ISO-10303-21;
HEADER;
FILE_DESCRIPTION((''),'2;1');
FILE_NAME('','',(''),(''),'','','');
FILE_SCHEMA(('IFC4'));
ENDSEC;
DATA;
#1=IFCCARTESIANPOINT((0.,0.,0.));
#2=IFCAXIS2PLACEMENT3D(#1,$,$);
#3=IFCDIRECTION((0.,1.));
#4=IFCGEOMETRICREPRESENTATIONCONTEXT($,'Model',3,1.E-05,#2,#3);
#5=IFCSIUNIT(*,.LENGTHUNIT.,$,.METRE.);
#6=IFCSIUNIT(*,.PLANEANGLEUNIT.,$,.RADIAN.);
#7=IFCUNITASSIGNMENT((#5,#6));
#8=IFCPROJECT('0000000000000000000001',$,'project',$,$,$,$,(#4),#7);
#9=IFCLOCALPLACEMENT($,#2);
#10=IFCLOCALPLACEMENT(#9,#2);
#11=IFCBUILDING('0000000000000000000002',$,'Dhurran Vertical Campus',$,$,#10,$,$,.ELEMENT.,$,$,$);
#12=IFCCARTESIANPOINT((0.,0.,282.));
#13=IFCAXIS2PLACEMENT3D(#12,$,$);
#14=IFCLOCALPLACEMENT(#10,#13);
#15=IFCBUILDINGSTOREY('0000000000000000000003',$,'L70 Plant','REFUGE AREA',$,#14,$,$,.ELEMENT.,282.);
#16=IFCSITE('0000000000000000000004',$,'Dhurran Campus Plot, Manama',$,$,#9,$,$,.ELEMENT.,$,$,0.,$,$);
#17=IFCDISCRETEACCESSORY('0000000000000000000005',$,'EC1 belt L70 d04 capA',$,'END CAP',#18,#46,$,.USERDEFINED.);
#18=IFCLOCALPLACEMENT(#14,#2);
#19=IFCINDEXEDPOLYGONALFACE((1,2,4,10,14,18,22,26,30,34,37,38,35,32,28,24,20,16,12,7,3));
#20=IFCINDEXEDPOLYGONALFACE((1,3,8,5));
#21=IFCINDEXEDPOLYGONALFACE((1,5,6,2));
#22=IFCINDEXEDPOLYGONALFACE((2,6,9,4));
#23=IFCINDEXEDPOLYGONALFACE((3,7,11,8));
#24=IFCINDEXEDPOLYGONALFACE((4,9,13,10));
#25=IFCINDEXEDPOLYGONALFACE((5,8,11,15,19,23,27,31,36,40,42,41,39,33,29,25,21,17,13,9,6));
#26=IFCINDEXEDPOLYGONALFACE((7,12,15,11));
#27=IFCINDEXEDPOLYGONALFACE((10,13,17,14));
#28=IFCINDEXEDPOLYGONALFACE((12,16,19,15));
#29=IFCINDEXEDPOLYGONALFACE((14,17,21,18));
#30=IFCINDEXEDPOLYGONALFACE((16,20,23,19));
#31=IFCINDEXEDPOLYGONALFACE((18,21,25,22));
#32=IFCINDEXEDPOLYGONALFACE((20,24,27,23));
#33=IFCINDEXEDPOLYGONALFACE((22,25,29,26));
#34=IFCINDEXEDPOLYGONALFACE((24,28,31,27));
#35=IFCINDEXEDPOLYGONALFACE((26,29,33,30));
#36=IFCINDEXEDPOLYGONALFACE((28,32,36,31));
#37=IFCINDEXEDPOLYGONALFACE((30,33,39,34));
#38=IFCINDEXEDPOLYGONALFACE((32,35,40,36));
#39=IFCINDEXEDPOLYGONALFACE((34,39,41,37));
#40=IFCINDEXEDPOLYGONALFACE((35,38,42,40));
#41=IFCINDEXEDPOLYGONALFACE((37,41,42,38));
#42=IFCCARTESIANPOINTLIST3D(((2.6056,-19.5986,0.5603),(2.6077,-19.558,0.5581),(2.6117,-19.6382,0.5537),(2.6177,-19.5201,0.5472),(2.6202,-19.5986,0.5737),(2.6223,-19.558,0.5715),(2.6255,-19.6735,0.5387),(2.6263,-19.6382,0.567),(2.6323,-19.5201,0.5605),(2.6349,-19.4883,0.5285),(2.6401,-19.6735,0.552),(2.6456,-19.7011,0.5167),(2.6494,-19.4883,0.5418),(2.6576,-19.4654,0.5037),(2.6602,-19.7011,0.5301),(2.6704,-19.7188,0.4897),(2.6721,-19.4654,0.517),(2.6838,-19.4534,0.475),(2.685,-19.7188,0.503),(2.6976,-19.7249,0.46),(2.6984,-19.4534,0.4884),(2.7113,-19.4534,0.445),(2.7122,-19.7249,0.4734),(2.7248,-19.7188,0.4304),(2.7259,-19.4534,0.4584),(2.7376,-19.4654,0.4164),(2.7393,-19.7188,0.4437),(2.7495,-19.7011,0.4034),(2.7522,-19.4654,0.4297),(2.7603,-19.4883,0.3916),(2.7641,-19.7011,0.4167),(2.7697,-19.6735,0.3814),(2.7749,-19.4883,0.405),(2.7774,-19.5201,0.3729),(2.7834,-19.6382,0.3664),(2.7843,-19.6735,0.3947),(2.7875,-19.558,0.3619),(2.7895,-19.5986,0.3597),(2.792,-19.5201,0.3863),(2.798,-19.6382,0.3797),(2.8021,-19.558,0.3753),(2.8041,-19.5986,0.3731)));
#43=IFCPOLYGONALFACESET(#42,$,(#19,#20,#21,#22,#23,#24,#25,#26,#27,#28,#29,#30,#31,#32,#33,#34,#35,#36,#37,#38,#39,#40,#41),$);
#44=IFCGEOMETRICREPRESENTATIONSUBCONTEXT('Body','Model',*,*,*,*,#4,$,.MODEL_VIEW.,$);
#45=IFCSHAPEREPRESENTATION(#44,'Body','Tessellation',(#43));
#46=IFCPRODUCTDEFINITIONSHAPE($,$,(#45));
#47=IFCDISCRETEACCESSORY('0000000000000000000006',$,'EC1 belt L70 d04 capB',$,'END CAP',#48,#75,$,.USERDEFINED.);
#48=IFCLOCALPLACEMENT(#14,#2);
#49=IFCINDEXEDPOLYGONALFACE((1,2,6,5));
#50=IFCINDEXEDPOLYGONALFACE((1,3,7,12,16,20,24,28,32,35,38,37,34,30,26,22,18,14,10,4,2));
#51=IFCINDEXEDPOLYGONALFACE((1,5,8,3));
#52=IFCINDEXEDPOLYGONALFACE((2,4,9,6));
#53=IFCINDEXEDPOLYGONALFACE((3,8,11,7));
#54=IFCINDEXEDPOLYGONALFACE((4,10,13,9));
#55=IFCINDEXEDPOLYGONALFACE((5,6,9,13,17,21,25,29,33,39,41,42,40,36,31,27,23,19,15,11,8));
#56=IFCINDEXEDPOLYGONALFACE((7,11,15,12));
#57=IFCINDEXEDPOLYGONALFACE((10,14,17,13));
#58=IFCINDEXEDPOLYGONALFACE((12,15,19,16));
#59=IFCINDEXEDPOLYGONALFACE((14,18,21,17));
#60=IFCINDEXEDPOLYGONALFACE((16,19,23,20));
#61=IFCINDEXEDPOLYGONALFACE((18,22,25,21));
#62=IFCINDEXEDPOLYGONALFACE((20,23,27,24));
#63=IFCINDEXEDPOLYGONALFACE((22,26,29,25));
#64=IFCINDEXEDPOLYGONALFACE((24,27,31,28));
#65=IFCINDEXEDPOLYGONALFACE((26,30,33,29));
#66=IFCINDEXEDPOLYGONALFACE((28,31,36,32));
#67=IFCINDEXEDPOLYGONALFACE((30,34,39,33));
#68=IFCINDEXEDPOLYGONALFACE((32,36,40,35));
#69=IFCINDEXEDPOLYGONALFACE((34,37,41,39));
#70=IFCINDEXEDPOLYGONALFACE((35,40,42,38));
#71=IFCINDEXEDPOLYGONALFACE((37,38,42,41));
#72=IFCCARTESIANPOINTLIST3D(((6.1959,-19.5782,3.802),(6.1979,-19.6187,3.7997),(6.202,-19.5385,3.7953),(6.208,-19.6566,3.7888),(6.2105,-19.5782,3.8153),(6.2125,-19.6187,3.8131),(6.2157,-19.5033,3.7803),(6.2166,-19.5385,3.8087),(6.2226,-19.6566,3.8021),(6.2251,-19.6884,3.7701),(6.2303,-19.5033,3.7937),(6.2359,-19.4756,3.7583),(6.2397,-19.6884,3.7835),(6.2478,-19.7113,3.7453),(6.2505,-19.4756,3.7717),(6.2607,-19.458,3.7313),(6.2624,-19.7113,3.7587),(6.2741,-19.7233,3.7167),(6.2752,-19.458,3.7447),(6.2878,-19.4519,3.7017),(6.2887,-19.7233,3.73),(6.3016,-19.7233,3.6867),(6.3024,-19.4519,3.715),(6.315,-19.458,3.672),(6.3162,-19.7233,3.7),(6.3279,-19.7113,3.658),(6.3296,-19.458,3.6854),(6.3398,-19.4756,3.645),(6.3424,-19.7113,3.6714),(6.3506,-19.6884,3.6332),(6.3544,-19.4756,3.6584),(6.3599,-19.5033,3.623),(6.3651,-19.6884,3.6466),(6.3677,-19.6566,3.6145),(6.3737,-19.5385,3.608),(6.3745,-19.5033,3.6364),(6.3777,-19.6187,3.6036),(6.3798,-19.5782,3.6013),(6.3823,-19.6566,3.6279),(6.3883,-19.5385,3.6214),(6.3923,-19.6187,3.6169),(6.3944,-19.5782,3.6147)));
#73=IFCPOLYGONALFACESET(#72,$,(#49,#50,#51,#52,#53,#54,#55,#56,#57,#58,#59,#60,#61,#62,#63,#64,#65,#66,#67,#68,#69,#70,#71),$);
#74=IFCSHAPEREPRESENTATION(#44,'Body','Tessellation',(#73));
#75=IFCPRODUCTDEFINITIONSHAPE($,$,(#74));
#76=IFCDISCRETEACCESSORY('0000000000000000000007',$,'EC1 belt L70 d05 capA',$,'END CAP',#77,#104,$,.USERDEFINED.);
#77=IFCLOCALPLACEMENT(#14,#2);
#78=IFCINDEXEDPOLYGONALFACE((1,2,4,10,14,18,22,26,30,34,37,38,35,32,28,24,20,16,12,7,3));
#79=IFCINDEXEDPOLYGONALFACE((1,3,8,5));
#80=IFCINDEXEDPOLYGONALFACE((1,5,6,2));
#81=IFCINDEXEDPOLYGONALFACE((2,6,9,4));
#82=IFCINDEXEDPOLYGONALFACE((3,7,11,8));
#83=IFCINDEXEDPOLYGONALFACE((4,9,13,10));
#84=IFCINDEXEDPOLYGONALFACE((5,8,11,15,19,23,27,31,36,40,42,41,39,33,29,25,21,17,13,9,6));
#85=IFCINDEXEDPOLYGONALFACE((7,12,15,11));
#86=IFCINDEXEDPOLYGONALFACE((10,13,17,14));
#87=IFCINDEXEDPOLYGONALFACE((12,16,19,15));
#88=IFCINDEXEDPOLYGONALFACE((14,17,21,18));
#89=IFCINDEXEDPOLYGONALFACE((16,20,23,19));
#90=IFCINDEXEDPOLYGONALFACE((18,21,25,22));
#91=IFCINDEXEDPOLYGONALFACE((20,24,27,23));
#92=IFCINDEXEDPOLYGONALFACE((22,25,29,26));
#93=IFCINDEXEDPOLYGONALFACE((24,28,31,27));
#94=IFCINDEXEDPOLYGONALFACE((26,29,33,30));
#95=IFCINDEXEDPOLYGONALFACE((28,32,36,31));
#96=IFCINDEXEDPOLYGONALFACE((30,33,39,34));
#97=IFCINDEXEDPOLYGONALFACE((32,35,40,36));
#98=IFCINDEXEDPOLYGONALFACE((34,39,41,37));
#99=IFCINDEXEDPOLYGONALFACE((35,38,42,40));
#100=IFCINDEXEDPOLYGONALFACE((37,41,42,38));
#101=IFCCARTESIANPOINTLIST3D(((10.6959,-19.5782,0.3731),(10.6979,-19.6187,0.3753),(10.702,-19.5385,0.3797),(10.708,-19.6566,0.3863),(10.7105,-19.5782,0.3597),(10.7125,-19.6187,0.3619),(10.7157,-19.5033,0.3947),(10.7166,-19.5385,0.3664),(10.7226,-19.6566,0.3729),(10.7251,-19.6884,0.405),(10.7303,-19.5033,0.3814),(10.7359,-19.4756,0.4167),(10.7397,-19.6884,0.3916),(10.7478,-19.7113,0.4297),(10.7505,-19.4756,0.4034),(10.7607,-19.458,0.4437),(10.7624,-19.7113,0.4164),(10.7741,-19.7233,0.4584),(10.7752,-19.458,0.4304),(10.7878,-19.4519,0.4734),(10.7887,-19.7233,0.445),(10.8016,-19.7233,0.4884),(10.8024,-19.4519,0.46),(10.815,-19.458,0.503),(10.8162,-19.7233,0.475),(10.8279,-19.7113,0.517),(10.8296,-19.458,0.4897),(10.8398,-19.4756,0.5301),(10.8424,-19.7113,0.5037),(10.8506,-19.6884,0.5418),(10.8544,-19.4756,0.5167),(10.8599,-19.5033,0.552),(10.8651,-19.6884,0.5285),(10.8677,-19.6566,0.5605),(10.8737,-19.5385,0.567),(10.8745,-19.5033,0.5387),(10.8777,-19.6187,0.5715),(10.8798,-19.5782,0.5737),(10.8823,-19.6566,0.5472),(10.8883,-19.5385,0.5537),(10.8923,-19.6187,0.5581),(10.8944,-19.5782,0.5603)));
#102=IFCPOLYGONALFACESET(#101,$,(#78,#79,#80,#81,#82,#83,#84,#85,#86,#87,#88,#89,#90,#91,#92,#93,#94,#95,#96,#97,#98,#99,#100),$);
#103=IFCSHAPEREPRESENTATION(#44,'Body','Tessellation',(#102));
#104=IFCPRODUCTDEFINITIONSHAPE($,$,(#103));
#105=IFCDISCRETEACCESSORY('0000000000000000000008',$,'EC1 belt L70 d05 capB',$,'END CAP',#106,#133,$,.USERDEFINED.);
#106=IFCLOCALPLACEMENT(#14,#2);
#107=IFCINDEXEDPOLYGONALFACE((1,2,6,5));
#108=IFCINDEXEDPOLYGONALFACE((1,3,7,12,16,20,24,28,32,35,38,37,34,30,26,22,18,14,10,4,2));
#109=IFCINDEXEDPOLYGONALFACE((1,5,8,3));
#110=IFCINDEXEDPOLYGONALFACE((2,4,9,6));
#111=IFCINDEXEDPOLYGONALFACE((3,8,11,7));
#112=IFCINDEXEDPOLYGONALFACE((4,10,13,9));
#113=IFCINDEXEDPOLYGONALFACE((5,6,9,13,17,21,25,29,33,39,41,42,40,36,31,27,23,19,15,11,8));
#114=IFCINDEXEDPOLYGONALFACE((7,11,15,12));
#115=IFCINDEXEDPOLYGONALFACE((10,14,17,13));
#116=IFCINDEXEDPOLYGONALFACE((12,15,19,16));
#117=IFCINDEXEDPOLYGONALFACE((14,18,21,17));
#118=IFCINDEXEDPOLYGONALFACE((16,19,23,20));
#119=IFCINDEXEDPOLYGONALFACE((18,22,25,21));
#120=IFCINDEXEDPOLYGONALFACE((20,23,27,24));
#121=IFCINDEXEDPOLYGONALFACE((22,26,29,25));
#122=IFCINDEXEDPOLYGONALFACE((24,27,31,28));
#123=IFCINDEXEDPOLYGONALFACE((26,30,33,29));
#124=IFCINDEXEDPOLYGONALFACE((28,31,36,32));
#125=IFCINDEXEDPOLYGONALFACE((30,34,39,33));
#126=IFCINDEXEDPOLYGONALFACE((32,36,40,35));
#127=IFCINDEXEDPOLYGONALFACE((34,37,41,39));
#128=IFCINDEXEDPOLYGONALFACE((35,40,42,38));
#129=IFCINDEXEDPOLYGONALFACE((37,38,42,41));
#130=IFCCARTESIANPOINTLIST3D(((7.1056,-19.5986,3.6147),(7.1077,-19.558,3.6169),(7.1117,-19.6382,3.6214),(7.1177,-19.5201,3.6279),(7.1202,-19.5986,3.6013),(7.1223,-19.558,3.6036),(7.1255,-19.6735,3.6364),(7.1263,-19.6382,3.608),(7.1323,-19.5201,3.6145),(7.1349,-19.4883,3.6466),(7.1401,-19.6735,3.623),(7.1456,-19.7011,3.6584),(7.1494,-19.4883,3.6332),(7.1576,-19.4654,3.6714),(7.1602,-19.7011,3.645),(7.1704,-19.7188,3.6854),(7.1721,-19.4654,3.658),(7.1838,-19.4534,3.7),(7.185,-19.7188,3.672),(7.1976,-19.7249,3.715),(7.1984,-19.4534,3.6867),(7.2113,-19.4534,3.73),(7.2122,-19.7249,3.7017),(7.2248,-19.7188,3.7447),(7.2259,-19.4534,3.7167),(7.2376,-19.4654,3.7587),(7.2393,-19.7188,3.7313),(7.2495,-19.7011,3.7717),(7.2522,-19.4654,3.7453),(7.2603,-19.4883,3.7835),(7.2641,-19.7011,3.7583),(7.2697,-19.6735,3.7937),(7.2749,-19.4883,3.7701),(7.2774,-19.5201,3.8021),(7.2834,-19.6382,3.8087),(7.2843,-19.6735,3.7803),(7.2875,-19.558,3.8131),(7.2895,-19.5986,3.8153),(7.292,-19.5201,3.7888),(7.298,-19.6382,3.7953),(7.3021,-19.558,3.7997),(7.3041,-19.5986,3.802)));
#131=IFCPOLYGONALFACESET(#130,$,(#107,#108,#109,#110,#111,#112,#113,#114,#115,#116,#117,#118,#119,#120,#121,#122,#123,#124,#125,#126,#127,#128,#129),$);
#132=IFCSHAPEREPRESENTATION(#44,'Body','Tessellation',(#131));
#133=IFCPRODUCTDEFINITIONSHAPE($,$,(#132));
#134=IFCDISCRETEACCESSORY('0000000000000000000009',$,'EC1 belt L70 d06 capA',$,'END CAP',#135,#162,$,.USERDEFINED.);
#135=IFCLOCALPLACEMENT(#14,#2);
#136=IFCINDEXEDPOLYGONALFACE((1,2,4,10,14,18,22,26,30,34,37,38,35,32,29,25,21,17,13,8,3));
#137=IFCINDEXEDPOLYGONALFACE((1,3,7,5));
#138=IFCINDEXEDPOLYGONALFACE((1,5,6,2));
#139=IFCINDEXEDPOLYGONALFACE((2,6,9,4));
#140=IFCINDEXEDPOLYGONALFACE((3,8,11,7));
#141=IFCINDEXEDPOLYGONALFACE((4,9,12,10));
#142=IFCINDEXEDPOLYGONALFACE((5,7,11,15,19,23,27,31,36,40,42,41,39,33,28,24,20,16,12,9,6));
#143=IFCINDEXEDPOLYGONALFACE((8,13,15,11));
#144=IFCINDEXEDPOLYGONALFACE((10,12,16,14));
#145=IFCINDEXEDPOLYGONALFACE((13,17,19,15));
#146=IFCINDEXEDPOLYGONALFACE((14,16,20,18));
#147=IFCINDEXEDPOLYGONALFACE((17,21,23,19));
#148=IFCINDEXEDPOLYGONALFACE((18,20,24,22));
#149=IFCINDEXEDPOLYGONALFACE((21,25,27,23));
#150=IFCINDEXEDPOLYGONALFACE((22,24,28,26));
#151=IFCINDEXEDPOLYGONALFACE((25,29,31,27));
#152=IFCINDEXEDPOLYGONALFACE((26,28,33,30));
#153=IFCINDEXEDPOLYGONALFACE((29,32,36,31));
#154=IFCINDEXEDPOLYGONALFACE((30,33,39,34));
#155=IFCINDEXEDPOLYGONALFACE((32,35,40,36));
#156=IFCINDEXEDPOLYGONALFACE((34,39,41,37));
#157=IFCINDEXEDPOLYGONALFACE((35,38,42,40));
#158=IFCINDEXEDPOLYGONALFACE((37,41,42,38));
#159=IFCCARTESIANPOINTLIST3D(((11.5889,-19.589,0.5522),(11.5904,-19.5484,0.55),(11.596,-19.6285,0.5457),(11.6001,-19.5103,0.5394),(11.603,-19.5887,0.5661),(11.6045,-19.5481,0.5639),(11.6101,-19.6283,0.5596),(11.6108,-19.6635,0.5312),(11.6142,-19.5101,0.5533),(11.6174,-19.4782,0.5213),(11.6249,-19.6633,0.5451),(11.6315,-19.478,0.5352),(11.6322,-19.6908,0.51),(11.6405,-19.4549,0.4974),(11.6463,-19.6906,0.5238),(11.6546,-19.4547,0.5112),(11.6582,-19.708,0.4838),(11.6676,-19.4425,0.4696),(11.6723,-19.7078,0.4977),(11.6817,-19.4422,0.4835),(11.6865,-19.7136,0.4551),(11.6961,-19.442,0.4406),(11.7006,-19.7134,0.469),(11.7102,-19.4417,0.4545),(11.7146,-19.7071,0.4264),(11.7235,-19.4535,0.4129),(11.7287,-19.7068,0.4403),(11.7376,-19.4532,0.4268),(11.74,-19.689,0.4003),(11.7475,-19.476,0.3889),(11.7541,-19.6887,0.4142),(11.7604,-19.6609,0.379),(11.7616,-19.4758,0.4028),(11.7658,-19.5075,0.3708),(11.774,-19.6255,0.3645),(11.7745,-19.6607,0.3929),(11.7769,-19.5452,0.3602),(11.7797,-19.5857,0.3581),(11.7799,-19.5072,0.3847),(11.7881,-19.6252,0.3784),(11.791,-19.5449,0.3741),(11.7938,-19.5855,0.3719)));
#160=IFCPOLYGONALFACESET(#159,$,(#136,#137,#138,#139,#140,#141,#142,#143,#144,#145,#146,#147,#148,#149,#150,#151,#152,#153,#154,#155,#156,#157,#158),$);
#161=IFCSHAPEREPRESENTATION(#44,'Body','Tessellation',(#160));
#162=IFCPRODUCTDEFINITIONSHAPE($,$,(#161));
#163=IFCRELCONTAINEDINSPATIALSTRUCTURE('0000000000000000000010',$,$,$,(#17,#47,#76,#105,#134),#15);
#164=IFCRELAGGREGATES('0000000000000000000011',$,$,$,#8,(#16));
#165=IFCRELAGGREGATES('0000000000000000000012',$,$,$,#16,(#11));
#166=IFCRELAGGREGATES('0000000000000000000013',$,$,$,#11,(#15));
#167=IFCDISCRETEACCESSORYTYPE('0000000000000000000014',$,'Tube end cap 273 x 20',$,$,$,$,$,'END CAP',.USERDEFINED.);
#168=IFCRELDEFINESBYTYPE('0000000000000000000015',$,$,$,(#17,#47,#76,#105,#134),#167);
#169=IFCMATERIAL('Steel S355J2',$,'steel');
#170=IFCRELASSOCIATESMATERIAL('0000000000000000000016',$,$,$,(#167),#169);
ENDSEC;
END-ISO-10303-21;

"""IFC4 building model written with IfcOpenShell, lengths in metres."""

from ifc_helpers import new_model, si_unit, direction, frame, origin, origin_2d, place, context, subcontext, project, spatial, circle, extrude, material, material_profile, profile_set, type_object, element, save


model = new_model("IFC4")

# Units and contexts
model_context = context("Model", 3, precision=1e-05, world=origin(), true_north=direction((0.0, 1.0)))
body_context = subcontext(model_context, "Body", "Model", "MODEL_VIEW")
ifc_project = project(units=[si_unit("LENGTHUNIT", "METRE"), si_unit("PLANEANGLEUNIT", "RADIAN")], contexts=[model_context])

# Site, building, storey
site_placement = place(None, origin())
site = spatial("IfcSite", under=ifc_project, at=site_placement, Name="Dhurran Campus Plot, Manama", CompositionType="ELEMENT", RefElevation=0.0)
building_placement = place(site_placement, origin())
building = spatial("IfcBuilding", under=site, at=building_placement, Name="Dhurran Vertical Campus", CompositionType="ELEMENT")
storey_placement = place(building_placement, frame((0.0, 0.0, 282.0)))
storey = spatial("IfcBuildingStorey", under=building, at=storey_placement, Name="L70 Plant", Description="REFUGE AREA", CompositionType="ELEMENT", Elevation=282.0)

# Discrete accessories
ifc_material_1 = material(Name="Steel S355J2", Category="steel")
ifc_material_profile_1 = material_profile(ifc_material_1, circle(Radius=0.1365, at=origin_2d()), Name="Tube end cap 273 x 20")
ifc_profile_set_1 = profile_set([ifc_material_profile_1], Name="Steel S355J2")
discrete_accessory_type = type_object("IfcDiscreteAccessoryType", Name="Tube end cap 273 x 20", ElementType="END CAP", PredefinedType="USERDEFINED", material=ifc_profile_set_1)
for number, where, z_axis, x_axis, name in (
    (1, (2.7122, -19.5884, 0.4734), (-0.737154, 0.0, -0.675725), (0.0, -1.0, 0.0), "EC1 belt L70 d04 capA"),
    (2, (6.2878, -19.5884, 3.7017), (0.737154, 0.0, 0.675725), (0.0, 1.0, 0.0), "EC1 belt L70 d04 capB"),
    (3, (10.7878, -19.5884, 0.4734), (0.737154, 0.0, -0.675725), (0.0, 1.0, 0.0), "EC1 belt L70 d05 capA"),
    (4, (7.2122, -19.5884, 3.7017), (-0.737154, 0.0, 0.675725), (0.0, -1.0, 0.0), "EC1 belt L70 d05 capB"),
    (5, (11.6982, -19.5769, 0.469), (-0.713175, -0.012296, -0.700879), (0.017239, -0.999851, 0.0), "EC1 belt L70 d06 capA"),
):
    element("IfcDiscreteAccessory", number, at=place(storey_placement, frame(where, z_axis=z_axis, x_axis=x_axis)), inside=storey, type_object=discrete_accessory_type, Name=name, ObjectType="END CAP", PredefinedType="USERDEFINED", context=body_context, shape_type="SweptSolid", body=[
        extrude(circle(Radius=0.1365, at=origin_2d()), origin(), (0.0, 0.0, 1.0), 0.0198),
    ])

save(model, "model.ifc")
